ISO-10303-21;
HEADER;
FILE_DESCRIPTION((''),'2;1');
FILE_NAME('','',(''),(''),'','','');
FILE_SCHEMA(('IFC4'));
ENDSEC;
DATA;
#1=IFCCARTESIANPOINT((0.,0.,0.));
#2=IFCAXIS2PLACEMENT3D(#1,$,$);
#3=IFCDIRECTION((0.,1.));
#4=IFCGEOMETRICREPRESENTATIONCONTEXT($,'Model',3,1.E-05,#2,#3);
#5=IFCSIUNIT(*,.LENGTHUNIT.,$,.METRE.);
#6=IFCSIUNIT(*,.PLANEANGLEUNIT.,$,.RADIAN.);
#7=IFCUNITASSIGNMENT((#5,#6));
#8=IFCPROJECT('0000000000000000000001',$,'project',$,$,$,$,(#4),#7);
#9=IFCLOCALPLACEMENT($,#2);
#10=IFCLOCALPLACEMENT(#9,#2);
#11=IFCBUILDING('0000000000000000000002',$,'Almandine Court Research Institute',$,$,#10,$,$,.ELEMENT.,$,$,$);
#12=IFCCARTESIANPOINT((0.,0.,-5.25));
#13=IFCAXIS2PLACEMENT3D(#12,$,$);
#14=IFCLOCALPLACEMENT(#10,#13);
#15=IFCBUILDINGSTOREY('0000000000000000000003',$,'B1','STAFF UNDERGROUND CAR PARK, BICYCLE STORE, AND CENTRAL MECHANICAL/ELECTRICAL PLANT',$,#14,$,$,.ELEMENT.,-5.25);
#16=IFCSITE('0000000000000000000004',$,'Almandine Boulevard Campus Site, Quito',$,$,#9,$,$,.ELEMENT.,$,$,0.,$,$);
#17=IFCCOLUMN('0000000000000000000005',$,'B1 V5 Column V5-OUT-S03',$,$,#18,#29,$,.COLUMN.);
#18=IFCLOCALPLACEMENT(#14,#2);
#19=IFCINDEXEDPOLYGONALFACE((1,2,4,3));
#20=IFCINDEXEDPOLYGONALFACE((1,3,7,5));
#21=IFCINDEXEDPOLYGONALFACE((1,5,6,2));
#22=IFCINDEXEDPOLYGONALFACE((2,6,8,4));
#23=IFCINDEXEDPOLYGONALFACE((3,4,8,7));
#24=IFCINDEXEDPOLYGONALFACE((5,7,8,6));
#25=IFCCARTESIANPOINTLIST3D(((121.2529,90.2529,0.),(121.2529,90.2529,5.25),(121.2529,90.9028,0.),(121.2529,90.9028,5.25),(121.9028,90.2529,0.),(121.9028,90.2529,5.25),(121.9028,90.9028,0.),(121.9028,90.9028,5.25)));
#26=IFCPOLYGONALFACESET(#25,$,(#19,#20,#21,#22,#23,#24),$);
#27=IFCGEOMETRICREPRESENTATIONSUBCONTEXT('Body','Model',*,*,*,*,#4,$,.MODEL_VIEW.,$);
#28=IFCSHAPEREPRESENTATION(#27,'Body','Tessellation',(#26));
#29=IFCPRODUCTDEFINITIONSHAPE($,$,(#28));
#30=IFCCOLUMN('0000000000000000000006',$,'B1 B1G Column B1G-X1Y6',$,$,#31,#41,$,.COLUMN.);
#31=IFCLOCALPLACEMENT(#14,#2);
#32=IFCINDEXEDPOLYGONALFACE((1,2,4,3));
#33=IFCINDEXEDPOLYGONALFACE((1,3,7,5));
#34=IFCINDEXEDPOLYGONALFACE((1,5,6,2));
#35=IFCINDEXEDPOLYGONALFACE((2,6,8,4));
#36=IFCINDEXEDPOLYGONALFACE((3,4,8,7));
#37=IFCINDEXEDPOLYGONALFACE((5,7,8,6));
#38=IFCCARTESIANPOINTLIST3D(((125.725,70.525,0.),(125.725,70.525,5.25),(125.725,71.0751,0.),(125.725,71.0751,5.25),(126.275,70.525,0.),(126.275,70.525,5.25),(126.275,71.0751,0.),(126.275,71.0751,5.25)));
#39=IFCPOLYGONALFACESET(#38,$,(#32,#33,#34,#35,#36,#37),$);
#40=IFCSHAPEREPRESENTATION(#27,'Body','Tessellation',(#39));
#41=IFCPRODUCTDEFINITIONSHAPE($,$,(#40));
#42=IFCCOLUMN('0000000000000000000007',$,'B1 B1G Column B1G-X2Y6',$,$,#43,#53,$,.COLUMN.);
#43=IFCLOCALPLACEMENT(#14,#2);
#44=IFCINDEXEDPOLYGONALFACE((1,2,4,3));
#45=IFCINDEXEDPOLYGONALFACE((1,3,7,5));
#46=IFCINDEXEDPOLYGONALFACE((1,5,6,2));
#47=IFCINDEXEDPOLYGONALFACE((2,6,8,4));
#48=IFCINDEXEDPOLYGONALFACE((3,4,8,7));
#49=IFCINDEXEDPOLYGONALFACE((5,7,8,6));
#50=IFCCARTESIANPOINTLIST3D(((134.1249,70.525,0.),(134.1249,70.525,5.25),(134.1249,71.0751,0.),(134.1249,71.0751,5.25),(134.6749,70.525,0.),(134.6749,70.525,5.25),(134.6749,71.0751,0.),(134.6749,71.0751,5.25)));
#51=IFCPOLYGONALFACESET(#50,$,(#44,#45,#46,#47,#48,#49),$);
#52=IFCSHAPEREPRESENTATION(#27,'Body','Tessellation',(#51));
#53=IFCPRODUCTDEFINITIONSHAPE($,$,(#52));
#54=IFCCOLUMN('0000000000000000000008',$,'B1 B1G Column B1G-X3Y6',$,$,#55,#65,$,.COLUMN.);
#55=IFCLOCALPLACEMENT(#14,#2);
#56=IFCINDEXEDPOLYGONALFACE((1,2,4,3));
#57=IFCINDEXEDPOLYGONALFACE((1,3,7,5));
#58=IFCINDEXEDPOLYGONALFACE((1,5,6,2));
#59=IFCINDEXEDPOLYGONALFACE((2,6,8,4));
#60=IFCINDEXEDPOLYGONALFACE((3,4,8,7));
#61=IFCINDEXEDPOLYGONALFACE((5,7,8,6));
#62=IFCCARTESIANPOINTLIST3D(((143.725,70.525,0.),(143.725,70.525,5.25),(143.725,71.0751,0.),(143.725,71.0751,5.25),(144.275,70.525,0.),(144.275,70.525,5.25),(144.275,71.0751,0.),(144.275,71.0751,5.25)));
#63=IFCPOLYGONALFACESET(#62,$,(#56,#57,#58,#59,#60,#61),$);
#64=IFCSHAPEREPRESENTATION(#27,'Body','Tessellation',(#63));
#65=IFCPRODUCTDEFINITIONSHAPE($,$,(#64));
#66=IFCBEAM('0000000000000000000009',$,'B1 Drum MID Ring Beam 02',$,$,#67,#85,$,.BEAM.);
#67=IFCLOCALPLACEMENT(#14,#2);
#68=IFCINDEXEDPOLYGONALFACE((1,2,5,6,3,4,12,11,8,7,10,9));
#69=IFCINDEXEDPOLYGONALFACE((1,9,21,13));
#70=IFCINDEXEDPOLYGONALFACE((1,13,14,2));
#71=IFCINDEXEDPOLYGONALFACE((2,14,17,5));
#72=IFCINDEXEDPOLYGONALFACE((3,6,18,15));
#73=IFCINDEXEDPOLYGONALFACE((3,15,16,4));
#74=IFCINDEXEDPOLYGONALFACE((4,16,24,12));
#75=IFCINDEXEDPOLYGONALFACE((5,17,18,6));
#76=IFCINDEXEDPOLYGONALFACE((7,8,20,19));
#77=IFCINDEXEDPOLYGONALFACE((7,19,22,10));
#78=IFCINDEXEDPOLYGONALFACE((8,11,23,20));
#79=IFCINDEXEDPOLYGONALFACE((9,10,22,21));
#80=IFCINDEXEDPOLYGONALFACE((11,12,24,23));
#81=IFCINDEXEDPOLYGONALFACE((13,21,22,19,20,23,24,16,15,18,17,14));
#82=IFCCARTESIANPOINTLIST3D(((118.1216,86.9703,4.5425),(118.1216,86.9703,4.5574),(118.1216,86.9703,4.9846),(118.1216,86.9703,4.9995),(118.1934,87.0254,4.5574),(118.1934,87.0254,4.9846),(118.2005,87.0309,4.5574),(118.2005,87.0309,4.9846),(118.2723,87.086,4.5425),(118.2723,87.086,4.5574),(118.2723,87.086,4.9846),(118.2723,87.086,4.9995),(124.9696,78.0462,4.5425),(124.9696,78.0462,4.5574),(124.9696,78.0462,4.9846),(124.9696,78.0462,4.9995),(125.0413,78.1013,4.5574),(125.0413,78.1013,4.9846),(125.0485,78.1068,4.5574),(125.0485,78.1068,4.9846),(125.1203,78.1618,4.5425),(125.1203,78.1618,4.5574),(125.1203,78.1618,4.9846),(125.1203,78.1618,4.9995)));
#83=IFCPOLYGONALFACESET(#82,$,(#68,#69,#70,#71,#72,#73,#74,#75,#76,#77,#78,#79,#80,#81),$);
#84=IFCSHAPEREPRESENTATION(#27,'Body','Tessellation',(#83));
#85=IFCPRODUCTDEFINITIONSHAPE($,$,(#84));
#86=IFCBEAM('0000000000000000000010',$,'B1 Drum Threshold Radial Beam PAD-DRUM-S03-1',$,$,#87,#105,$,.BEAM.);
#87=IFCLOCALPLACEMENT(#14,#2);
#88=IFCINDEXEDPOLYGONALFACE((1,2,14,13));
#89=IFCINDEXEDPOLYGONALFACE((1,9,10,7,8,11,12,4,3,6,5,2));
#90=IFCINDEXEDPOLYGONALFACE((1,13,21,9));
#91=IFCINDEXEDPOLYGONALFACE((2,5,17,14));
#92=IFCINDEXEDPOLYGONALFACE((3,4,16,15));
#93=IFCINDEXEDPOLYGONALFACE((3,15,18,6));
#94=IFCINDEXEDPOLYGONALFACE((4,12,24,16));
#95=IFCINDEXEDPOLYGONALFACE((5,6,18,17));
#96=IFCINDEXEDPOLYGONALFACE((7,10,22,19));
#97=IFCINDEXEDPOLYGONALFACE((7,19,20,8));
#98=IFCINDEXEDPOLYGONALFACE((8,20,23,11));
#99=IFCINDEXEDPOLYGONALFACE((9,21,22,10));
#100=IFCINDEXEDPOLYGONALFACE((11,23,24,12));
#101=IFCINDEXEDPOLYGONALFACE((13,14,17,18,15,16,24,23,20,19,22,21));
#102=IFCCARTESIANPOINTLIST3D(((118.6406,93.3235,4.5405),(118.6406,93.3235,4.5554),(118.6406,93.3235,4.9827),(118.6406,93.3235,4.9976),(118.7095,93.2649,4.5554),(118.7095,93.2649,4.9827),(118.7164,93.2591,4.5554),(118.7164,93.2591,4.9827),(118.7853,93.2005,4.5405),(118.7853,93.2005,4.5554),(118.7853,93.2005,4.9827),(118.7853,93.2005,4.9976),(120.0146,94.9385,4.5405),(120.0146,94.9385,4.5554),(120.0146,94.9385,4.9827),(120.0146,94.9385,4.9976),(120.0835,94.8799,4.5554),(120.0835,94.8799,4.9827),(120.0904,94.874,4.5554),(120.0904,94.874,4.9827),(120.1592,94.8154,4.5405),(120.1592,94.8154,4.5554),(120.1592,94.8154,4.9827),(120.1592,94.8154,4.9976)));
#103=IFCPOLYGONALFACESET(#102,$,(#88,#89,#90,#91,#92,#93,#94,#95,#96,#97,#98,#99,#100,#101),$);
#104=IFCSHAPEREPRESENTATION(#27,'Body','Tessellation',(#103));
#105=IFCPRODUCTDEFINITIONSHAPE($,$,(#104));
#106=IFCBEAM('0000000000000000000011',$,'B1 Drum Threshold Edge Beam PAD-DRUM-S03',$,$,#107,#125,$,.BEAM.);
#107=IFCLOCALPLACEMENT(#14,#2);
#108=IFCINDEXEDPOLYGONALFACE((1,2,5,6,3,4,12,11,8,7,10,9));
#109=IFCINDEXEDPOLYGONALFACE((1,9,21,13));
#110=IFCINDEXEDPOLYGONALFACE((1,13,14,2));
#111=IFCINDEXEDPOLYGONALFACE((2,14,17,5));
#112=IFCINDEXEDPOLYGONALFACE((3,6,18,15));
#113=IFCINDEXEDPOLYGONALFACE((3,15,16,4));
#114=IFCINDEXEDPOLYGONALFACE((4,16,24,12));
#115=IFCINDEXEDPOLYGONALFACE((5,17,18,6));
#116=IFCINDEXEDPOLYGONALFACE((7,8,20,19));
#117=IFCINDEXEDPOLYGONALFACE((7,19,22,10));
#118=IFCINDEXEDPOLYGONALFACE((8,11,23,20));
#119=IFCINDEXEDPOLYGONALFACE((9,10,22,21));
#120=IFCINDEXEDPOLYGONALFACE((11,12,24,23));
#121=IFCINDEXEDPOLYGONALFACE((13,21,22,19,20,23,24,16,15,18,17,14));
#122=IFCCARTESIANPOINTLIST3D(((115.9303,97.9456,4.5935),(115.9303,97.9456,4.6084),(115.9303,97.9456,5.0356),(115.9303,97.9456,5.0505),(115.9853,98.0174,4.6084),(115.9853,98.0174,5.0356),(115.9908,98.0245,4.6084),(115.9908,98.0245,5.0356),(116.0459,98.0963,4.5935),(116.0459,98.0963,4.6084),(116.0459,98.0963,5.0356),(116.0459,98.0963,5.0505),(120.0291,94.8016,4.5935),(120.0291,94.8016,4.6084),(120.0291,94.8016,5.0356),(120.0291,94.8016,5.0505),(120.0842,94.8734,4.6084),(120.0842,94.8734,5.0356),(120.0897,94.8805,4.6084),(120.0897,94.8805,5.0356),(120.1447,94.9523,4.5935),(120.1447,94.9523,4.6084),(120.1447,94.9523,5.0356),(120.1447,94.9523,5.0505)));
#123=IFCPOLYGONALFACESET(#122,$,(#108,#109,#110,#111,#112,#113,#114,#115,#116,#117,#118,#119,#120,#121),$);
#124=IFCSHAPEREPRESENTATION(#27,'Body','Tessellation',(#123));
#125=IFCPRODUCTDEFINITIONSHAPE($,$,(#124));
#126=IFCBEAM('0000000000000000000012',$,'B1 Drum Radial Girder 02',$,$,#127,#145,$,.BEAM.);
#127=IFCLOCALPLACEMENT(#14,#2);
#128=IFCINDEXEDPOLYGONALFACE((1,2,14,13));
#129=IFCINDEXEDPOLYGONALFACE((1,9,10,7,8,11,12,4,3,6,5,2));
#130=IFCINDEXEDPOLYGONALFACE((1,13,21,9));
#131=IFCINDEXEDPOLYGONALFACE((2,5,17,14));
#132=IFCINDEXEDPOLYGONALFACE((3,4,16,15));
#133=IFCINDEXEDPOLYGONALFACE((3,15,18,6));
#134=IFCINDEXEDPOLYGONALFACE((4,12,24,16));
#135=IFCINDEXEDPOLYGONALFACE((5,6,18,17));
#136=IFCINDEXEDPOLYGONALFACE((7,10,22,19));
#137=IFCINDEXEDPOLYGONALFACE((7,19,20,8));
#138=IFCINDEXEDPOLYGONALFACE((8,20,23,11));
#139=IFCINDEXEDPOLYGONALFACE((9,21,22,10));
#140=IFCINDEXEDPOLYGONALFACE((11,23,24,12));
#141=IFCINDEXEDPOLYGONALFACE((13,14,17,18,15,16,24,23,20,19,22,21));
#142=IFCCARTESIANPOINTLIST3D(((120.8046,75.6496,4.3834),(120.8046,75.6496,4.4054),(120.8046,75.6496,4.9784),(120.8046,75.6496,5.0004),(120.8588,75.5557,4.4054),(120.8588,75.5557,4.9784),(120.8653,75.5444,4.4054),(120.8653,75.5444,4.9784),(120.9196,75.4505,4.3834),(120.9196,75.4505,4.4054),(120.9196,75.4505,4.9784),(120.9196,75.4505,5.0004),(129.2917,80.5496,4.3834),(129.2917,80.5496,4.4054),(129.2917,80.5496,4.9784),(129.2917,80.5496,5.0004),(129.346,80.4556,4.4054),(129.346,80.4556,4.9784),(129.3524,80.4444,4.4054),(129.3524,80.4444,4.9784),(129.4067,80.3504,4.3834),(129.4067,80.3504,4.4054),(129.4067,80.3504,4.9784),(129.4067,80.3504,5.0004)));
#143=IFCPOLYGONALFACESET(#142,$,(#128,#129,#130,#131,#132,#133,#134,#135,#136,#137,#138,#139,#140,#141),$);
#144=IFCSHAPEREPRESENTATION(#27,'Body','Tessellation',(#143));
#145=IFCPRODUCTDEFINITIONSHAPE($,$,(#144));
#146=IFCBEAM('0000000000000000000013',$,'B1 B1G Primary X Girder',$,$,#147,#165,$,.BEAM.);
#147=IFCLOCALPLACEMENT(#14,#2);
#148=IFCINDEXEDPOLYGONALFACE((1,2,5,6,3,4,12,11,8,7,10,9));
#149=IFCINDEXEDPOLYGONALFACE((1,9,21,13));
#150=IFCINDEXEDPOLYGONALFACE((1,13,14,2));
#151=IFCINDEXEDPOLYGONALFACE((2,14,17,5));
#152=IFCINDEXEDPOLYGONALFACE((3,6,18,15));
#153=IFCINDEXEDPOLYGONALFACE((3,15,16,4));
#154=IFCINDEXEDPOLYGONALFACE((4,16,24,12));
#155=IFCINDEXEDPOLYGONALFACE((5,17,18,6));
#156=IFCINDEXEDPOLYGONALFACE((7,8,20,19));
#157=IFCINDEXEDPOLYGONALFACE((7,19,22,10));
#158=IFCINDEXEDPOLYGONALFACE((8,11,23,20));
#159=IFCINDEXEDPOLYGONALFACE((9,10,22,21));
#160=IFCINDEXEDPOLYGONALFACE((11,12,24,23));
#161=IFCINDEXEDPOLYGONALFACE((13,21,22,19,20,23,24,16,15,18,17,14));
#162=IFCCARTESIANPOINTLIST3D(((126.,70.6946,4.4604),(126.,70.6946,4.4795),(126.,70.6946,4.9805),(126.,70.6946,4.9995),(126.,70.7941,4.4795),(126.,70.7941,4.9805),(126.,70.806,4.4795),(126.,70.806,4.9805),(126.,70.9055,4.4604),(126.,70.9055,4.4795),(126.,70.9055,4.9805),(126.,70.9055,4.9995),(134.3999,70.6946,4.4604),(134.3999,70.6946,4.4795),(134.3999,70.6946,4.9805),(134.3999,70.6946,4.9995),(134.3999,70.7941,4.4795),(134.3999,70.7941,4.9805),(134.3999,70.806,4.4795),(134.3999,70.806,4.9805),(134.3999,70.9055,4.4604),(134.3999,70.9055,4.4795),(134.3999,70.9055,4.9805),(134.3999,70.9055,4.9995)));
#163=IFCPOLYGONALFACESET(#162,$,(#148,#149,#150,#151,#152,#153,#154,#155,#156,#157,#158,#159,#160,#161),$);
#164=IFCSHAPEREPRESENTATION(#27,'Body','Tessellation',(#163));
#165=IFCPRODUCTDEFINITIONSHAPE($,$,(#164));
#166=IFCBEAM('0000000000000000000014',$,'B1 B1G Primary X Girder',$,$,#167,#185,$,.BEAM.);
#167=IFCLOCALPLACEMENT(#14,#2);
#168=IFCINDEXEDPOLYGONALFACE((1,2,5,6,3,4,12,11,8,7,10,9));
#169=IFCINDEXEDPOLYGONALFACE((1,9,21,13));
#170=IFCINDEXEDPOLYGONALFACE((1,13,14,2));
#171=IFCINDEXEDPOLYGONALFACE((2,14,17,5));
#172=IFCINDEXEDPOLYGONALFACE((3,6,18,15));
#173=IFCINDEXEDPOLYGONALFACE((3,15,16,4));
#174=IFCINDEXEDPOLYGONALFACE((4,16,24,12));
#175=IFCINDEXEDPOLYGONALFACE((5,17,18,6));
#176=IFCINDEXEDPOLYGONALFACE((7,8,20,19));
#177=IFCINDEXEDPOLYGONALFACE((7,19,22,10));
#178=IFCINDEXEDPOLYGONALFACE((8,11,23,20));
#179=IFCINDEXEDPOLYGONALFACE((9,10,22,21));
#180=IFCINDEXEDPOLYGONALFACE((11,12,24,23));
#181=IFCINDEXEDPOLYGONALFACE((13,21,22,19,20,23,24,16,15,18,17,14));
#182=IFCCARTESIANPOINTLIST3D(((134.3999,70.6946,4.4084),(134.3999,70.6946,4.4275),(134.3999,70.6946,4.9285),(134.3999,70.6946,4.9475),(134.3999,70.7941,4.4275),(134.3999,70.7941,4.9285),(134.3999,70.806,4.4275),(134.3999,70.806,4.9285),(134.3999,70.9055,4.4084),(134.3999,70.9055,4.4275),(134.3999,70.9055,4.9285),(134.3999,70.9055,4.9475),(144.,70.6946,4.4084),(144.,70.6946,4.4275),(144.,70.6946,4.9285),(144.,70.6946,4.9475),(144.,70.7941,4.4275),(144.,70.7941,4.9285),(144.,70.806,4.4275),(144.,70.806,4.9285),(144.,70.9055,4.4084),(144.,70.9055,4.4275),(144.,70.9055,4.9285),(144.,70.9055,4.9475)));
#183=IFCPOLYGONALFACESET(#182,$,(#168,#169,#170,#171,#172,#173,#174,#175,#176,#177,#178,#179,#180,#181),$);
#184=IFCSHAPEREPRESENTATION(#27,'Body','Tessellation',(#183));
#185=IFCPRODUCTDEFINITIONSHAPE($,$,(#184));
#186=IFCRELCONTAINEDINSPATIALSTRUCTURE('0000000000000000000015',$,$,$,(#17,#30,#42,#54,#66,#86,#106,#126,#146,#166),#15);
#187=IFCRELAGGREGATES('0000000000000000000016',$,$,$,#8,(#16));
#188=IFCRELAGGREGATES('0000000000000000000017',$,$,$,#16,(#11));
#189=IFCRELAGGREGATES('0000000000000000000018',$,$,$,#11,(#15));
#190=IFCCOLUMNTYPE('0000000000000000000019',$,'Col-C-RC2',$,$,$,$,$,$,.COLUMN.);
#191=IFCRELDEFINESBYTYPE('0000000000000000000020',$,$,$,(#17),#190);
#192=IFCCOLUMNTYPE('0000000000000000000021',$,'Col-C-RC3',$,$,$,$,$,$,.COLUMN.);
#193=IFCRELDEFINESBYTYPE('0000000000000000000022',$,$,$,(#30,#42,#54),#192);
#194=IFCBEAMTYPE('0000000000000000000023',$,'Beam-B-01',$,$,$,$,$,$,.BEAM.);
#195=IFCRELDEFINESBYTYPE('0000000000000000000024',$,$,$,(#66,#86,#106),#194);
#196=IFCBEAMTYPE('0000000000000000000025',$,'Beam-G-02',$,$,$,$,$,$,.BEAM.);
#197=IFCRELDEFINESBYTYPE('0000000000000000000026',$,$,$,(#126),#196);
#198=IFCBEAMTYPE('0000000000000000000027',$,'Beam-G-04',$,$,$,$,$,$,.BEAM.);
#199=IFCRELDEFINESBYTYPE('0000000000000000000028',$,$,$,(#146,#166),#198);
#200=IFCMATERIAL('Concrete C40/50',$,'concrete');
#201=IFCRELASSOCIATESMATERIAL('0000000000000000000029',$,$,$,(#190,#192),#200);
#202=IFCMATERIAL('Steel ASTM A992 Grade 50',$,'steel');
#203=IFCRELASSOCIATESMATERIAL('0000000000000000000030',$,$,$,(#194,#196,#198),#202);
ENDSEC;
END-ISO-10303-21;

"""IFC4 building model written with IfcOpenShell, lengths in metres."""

from ifc_helpers import new_model, si_unit, direction, frame, origin, origin_2d, place, context, subcontext, project, spatial, rectangle, i_section, extrude, material, material_profile, profile_set, type_object, element, save


model = new_model("IFC4")

# Units and contexts
model_context = context("Model", 3, precision=1e-05, world=origin(), true_north=direction((0.0, 1.0)))
body_context = subcontext(model_context, "Body", "Model", "MODEL_VIEW")
ifc_project = project(units=[si_unit("LENGTHUNIT", "METRE"), si_unit("PLANEANGLEUNIT", "RADIAN")], contexts=[model_context])

# Site, building, storey
site_placement = place(None, origin())
site = spatial("IfcSite", under=ifc_project, at=site_placement, Name="Almandine Boulevard Campus Site, Quito", CompositionType="ELEMENT", RefElevation=0.0)
building_placement = place(site_placement, origin())
building = spatial("IfcBuilding", under=site, at=building_placement, Name="Almandine Court Research Institute", CompositionType="ELEMENT")
storey_placement = place(building_placement, frame((0.0, 0.0, -5.25)))
storey = spatial("IfcBuildingStorey", under=building, at=storey_placement, Name="B1", Description="STAFF UNDERGROUND CAR PARK, BICYCLE STORE, AND CENTRAL MECHANICAL/ELECTRICAL PLANT", CompositionType="ELEMENT", Elevation=-5.25)

# Columns
ifc_material_1 = material(Name="Concrete C40/50", Category="concrete")
ifc_material_profile_1 = material_profile(ifc_material_1, rectangle(XDim=0.6499, YDim=0.6499, at=origin_2d()), Name="RC 650x650")
ifc_profile_set_1 = profile_set([ifc_material_profile_1], Name="Concrete C40/50")
column_type_1 = type_object("IfcColumnType", Name="Col-C-RC2", PredefinedType="COLUMN", material=ifc_profile_set_1)
for number, where, z_axis, x_axis, name in (
    (1, (121.5779, 90.5779, 0.0), (0.0, 0.0, 1.0), (1.0, 0.0, 0.0), "B1 V5 Column V5-OUT-S03"),
):
    element("IfcColumn", number, at=place(storey_placement, frame(where, z_axis=z_axis, x_axis=x_axis)), inside=storey, type_object=column_type_1, Name=name, PredefinedType="COLUMN", context=body_context, shape_type="SweptSolid", body=[
        extrude(rectangle(XDim=0.6499, YDim=0.6499, at=origin_2d()), origin(), (0.0, 0.0, 1.0), 5.25),
    ])
ifc_material_profile_2 = material_profile(ifc_material_1, rectangle(XDim=0.55, YDim=0.55, at=origin_2d()), Name="RC 550x550")
ifc_profile_set_2 = profile_set([ifc_material_profile_2], Name="Concrete C40/50")
column_type_2 = type_object("IfcColumnType", Name="Col-C-RC3", PredefinedType="COLUMN", material=ifc_profile_set_2)
for number, where, z_axis, x_axis, name in (
    (2, (126.0, 70.8, 0.0), (0.0, 0.0, 1.0), (1.0, 0.0, 0.0), "B1 B1G Column B1G-X1Y6"),
    (3, (134.3999, 70.8, 0.0), (0.0, 0.0, 1.0), (1.0, 0.0, 0.0), "B1 B1G Column B1G-X2Y6"),
    (4, (144.0, 70.8, 0.0), (0.0, 0.0, 1.0), (1.0, 0.0, 0.0), "B1 B1G Column B1G-X3Y6"),
):
    element("IfcColumn", number, at=place(storey_placement, frame(where, z_axis=z_axis, x_axis=x_axis)), inside=storey, type_object=column_type_2, Name=name, PredefinedType="COLUMN", context=body_context, shape_type="SweptSolid", body=[
        extrude(rectangle(XDim=0.55, YDim=0.55, at=origin_2d()), origin(), (0.0, 0.0, 1.0), 5.25),
    ])

# Beams
ifc_material_2 = material(Name="Steel ASTM A992 Grade 50", Category="steel")
ifc_material_profile_3 = material_profile(ifc_material_2, i_section(OverallWidth=0.1899, OverallDepth=0.457, WebThickness=0.009, FlangeThickness=0.0149, at=origin_2d()), Name="W460x74")
ifc_profile_set_3 = profile_set([ifc_material_profile_3], Name="Steel ASTM A992 Grade 50")
beam_type_1 = type_object("IfcBeamType", Name="Beam-B-01", PredefinedType="BEAM", material=ifc_profile_set_3)
beam_1_placement = place(storey_placement, frame((125.0449, 78.104, 4.771), z_axis=(-0.608774, 0.793344, 0.0), x_axis=(-0.793344, -0.608774, 0.0)))
element("IfcBeam", 5, at=beam_1_placement, inside=storey, type_object=beam_type_1, Name="B1 Drum MID Ring Beam 02", PredefinedType="BEAM", context=body_context, shape_type="SweptSolid", body=[
    extrude(i_section(OverallWidth=0.1899, OverallDepth=0.457, WebThickness=0.009, FlangeThickness=0.0149, at=origin_2d()), origin(), (0.0, 0.0, 1.0), 11.2488),
])
beam_2_placement = place(storey_placement, frame((120.0869, 94.877, 4.769), z_axis=(-0.647999, -0.761641, 0.0), x_axis=(0.761641, -0.647999, 0.0)))
element("IfcBeam", 6, at=beam_2_placement, inside=storey, type_object=beam_type_1, Name="B1 Drum Threshold Radial Beam PAD-DRUM-S03-1", PredefinedType="BEAM", context=body_context, shape_type="SweptSolid", body=[
    extrude(i_section(OverallWidth=0.1899, OverallDepth=0.457, WebThickness=0.009, FlangeThickness=0.0149, at=origin_2d()), origin(), (0.0, 0.0, 1.0), 2.1204),
])
beam_3_placement = place(storey_placement, frame((120.0869, 94.877, 4.822), z_axis=(-0.79346, 0.608623, 0.0), x_axis=(-0.608623, -0.79346, 0.0)))
element("IfcBeam", 7, at=beam_3_placement, inside=storey, type_object=beam_type_1, Name="B1 Drum Threshold Edge Beam PAD-DRUM-S03", PredefinedType="BEAM", context=body_context, shape_type="SweptSolid", body=[
    extrude(i_section(OverallWidth=0.1899, OverallDepth=0.457, WebThickness=0.009, FlangeThickness=0.0149, at=origin_2d()), origin(), (0.0, 0.0, 1.0), 5.1658),
])
ifc_material_profile_4 = material_profile(ifc_material_2, i_section(OverallWidth=0.23, OverallDepth=0.6169, WebThickness=0.0129, FlangeThickness=0.022, at=origin_2d()), Name="W610x140")
ifc_profile_set_4 = profile_set([ifc_material_profile_4], Name="Steel ASTM A992 Grade 50")
beam_type_2 = type_object("IfcBeamType", Name="Beam-G-02", PredefinedType="BEAM", material=ifc_profile_set_4)
beam_4_placement = place(storey_placement, frame((120.8621, 75.55, 4.6919), z_axis=(0.86603, 0.499992, 0.0), x_axis=(-0.499992, 0.86603, 0.0)))
element("IfcBeam", 8, at=beam_4_placement, inside=storey, type_object=beam_type_2, Name="B1 Drum Radial Girder 02", PredefinedType="BEAM", context=body_context, shape_type="SweptSolid", body=[
    extrude(i_section(OverallWidth=0.23, OverallDepth=0.6169, WebThickness=0.0129, FlangeThickness=0.022, at=origin_2d()), origin(), (0.0, 0.0, 1.0), 9.8),
])
ifc_material_profile_5 = material_profile(ifc_material_2, i_section(OverallWidth=0.2109, OverallDepth=0.5391, WebThickness=0.012, FlangeThickness=0.019, at=origin_2d()), Name="W530x109")
ifc_profile_set_5 = profile_set([ifc_material_profile_5], Name="Steel ASTM A992 Grade 50")
beam_type_3 = type_object("IfcBeamType", Name="Beam-G-04", PredefinedType="BEAM", material=ifc_profile_set_5)
beam_5_placement = place(storey_placement, frame((126.0, 70.8, 4.73), z_axis=(1.0, 0.0, 0.0), x_axis=(0.0, 1.0, 0.0)))
element("IfcBeam", 9, at=beam_5_placement, inside=storey, type_object=beam_type_3, Name="B1 B1G Primary X Girder", PredefinedType="BEAM", context=body_context, shape_type="SweptSolid", body=[
    extrude(i_section(OverallWidth=0.2109, OverallDepth=0.5391, WebThickness=0.012, FlangeThickness=0.019, at=origin_2d()), origin(), (0.0, 0.0, 1.0), 8.3999),
])
for number, where, z_axis, x_axis, name in (
    (10, (134.3999, 70.8, 4.678), (1.0, 0.0, 0.0), (0.0, 1.0, 0.0), "B1 B1G Primary X Girder"),
):
    element("IfcBeam", number, at=place(storey_placement, frame(where, z_axis=z_axis, x_axis=x_axis)), inside=storey, type_object=beam_type_3, Name=name, PredefinedType="BEAM", context=body_context, shape_type="SweptSolid", body=[
        extrude(i_section(OverallWidth=0.2109, OverallDepth=0.5391, WebThickness=0.012, FlangeThickness=0.019, at=origin_2d()), origin(), (0.0, 0.0, 1.0), 9.6001),
    ])

save(model, "model.ifc")
